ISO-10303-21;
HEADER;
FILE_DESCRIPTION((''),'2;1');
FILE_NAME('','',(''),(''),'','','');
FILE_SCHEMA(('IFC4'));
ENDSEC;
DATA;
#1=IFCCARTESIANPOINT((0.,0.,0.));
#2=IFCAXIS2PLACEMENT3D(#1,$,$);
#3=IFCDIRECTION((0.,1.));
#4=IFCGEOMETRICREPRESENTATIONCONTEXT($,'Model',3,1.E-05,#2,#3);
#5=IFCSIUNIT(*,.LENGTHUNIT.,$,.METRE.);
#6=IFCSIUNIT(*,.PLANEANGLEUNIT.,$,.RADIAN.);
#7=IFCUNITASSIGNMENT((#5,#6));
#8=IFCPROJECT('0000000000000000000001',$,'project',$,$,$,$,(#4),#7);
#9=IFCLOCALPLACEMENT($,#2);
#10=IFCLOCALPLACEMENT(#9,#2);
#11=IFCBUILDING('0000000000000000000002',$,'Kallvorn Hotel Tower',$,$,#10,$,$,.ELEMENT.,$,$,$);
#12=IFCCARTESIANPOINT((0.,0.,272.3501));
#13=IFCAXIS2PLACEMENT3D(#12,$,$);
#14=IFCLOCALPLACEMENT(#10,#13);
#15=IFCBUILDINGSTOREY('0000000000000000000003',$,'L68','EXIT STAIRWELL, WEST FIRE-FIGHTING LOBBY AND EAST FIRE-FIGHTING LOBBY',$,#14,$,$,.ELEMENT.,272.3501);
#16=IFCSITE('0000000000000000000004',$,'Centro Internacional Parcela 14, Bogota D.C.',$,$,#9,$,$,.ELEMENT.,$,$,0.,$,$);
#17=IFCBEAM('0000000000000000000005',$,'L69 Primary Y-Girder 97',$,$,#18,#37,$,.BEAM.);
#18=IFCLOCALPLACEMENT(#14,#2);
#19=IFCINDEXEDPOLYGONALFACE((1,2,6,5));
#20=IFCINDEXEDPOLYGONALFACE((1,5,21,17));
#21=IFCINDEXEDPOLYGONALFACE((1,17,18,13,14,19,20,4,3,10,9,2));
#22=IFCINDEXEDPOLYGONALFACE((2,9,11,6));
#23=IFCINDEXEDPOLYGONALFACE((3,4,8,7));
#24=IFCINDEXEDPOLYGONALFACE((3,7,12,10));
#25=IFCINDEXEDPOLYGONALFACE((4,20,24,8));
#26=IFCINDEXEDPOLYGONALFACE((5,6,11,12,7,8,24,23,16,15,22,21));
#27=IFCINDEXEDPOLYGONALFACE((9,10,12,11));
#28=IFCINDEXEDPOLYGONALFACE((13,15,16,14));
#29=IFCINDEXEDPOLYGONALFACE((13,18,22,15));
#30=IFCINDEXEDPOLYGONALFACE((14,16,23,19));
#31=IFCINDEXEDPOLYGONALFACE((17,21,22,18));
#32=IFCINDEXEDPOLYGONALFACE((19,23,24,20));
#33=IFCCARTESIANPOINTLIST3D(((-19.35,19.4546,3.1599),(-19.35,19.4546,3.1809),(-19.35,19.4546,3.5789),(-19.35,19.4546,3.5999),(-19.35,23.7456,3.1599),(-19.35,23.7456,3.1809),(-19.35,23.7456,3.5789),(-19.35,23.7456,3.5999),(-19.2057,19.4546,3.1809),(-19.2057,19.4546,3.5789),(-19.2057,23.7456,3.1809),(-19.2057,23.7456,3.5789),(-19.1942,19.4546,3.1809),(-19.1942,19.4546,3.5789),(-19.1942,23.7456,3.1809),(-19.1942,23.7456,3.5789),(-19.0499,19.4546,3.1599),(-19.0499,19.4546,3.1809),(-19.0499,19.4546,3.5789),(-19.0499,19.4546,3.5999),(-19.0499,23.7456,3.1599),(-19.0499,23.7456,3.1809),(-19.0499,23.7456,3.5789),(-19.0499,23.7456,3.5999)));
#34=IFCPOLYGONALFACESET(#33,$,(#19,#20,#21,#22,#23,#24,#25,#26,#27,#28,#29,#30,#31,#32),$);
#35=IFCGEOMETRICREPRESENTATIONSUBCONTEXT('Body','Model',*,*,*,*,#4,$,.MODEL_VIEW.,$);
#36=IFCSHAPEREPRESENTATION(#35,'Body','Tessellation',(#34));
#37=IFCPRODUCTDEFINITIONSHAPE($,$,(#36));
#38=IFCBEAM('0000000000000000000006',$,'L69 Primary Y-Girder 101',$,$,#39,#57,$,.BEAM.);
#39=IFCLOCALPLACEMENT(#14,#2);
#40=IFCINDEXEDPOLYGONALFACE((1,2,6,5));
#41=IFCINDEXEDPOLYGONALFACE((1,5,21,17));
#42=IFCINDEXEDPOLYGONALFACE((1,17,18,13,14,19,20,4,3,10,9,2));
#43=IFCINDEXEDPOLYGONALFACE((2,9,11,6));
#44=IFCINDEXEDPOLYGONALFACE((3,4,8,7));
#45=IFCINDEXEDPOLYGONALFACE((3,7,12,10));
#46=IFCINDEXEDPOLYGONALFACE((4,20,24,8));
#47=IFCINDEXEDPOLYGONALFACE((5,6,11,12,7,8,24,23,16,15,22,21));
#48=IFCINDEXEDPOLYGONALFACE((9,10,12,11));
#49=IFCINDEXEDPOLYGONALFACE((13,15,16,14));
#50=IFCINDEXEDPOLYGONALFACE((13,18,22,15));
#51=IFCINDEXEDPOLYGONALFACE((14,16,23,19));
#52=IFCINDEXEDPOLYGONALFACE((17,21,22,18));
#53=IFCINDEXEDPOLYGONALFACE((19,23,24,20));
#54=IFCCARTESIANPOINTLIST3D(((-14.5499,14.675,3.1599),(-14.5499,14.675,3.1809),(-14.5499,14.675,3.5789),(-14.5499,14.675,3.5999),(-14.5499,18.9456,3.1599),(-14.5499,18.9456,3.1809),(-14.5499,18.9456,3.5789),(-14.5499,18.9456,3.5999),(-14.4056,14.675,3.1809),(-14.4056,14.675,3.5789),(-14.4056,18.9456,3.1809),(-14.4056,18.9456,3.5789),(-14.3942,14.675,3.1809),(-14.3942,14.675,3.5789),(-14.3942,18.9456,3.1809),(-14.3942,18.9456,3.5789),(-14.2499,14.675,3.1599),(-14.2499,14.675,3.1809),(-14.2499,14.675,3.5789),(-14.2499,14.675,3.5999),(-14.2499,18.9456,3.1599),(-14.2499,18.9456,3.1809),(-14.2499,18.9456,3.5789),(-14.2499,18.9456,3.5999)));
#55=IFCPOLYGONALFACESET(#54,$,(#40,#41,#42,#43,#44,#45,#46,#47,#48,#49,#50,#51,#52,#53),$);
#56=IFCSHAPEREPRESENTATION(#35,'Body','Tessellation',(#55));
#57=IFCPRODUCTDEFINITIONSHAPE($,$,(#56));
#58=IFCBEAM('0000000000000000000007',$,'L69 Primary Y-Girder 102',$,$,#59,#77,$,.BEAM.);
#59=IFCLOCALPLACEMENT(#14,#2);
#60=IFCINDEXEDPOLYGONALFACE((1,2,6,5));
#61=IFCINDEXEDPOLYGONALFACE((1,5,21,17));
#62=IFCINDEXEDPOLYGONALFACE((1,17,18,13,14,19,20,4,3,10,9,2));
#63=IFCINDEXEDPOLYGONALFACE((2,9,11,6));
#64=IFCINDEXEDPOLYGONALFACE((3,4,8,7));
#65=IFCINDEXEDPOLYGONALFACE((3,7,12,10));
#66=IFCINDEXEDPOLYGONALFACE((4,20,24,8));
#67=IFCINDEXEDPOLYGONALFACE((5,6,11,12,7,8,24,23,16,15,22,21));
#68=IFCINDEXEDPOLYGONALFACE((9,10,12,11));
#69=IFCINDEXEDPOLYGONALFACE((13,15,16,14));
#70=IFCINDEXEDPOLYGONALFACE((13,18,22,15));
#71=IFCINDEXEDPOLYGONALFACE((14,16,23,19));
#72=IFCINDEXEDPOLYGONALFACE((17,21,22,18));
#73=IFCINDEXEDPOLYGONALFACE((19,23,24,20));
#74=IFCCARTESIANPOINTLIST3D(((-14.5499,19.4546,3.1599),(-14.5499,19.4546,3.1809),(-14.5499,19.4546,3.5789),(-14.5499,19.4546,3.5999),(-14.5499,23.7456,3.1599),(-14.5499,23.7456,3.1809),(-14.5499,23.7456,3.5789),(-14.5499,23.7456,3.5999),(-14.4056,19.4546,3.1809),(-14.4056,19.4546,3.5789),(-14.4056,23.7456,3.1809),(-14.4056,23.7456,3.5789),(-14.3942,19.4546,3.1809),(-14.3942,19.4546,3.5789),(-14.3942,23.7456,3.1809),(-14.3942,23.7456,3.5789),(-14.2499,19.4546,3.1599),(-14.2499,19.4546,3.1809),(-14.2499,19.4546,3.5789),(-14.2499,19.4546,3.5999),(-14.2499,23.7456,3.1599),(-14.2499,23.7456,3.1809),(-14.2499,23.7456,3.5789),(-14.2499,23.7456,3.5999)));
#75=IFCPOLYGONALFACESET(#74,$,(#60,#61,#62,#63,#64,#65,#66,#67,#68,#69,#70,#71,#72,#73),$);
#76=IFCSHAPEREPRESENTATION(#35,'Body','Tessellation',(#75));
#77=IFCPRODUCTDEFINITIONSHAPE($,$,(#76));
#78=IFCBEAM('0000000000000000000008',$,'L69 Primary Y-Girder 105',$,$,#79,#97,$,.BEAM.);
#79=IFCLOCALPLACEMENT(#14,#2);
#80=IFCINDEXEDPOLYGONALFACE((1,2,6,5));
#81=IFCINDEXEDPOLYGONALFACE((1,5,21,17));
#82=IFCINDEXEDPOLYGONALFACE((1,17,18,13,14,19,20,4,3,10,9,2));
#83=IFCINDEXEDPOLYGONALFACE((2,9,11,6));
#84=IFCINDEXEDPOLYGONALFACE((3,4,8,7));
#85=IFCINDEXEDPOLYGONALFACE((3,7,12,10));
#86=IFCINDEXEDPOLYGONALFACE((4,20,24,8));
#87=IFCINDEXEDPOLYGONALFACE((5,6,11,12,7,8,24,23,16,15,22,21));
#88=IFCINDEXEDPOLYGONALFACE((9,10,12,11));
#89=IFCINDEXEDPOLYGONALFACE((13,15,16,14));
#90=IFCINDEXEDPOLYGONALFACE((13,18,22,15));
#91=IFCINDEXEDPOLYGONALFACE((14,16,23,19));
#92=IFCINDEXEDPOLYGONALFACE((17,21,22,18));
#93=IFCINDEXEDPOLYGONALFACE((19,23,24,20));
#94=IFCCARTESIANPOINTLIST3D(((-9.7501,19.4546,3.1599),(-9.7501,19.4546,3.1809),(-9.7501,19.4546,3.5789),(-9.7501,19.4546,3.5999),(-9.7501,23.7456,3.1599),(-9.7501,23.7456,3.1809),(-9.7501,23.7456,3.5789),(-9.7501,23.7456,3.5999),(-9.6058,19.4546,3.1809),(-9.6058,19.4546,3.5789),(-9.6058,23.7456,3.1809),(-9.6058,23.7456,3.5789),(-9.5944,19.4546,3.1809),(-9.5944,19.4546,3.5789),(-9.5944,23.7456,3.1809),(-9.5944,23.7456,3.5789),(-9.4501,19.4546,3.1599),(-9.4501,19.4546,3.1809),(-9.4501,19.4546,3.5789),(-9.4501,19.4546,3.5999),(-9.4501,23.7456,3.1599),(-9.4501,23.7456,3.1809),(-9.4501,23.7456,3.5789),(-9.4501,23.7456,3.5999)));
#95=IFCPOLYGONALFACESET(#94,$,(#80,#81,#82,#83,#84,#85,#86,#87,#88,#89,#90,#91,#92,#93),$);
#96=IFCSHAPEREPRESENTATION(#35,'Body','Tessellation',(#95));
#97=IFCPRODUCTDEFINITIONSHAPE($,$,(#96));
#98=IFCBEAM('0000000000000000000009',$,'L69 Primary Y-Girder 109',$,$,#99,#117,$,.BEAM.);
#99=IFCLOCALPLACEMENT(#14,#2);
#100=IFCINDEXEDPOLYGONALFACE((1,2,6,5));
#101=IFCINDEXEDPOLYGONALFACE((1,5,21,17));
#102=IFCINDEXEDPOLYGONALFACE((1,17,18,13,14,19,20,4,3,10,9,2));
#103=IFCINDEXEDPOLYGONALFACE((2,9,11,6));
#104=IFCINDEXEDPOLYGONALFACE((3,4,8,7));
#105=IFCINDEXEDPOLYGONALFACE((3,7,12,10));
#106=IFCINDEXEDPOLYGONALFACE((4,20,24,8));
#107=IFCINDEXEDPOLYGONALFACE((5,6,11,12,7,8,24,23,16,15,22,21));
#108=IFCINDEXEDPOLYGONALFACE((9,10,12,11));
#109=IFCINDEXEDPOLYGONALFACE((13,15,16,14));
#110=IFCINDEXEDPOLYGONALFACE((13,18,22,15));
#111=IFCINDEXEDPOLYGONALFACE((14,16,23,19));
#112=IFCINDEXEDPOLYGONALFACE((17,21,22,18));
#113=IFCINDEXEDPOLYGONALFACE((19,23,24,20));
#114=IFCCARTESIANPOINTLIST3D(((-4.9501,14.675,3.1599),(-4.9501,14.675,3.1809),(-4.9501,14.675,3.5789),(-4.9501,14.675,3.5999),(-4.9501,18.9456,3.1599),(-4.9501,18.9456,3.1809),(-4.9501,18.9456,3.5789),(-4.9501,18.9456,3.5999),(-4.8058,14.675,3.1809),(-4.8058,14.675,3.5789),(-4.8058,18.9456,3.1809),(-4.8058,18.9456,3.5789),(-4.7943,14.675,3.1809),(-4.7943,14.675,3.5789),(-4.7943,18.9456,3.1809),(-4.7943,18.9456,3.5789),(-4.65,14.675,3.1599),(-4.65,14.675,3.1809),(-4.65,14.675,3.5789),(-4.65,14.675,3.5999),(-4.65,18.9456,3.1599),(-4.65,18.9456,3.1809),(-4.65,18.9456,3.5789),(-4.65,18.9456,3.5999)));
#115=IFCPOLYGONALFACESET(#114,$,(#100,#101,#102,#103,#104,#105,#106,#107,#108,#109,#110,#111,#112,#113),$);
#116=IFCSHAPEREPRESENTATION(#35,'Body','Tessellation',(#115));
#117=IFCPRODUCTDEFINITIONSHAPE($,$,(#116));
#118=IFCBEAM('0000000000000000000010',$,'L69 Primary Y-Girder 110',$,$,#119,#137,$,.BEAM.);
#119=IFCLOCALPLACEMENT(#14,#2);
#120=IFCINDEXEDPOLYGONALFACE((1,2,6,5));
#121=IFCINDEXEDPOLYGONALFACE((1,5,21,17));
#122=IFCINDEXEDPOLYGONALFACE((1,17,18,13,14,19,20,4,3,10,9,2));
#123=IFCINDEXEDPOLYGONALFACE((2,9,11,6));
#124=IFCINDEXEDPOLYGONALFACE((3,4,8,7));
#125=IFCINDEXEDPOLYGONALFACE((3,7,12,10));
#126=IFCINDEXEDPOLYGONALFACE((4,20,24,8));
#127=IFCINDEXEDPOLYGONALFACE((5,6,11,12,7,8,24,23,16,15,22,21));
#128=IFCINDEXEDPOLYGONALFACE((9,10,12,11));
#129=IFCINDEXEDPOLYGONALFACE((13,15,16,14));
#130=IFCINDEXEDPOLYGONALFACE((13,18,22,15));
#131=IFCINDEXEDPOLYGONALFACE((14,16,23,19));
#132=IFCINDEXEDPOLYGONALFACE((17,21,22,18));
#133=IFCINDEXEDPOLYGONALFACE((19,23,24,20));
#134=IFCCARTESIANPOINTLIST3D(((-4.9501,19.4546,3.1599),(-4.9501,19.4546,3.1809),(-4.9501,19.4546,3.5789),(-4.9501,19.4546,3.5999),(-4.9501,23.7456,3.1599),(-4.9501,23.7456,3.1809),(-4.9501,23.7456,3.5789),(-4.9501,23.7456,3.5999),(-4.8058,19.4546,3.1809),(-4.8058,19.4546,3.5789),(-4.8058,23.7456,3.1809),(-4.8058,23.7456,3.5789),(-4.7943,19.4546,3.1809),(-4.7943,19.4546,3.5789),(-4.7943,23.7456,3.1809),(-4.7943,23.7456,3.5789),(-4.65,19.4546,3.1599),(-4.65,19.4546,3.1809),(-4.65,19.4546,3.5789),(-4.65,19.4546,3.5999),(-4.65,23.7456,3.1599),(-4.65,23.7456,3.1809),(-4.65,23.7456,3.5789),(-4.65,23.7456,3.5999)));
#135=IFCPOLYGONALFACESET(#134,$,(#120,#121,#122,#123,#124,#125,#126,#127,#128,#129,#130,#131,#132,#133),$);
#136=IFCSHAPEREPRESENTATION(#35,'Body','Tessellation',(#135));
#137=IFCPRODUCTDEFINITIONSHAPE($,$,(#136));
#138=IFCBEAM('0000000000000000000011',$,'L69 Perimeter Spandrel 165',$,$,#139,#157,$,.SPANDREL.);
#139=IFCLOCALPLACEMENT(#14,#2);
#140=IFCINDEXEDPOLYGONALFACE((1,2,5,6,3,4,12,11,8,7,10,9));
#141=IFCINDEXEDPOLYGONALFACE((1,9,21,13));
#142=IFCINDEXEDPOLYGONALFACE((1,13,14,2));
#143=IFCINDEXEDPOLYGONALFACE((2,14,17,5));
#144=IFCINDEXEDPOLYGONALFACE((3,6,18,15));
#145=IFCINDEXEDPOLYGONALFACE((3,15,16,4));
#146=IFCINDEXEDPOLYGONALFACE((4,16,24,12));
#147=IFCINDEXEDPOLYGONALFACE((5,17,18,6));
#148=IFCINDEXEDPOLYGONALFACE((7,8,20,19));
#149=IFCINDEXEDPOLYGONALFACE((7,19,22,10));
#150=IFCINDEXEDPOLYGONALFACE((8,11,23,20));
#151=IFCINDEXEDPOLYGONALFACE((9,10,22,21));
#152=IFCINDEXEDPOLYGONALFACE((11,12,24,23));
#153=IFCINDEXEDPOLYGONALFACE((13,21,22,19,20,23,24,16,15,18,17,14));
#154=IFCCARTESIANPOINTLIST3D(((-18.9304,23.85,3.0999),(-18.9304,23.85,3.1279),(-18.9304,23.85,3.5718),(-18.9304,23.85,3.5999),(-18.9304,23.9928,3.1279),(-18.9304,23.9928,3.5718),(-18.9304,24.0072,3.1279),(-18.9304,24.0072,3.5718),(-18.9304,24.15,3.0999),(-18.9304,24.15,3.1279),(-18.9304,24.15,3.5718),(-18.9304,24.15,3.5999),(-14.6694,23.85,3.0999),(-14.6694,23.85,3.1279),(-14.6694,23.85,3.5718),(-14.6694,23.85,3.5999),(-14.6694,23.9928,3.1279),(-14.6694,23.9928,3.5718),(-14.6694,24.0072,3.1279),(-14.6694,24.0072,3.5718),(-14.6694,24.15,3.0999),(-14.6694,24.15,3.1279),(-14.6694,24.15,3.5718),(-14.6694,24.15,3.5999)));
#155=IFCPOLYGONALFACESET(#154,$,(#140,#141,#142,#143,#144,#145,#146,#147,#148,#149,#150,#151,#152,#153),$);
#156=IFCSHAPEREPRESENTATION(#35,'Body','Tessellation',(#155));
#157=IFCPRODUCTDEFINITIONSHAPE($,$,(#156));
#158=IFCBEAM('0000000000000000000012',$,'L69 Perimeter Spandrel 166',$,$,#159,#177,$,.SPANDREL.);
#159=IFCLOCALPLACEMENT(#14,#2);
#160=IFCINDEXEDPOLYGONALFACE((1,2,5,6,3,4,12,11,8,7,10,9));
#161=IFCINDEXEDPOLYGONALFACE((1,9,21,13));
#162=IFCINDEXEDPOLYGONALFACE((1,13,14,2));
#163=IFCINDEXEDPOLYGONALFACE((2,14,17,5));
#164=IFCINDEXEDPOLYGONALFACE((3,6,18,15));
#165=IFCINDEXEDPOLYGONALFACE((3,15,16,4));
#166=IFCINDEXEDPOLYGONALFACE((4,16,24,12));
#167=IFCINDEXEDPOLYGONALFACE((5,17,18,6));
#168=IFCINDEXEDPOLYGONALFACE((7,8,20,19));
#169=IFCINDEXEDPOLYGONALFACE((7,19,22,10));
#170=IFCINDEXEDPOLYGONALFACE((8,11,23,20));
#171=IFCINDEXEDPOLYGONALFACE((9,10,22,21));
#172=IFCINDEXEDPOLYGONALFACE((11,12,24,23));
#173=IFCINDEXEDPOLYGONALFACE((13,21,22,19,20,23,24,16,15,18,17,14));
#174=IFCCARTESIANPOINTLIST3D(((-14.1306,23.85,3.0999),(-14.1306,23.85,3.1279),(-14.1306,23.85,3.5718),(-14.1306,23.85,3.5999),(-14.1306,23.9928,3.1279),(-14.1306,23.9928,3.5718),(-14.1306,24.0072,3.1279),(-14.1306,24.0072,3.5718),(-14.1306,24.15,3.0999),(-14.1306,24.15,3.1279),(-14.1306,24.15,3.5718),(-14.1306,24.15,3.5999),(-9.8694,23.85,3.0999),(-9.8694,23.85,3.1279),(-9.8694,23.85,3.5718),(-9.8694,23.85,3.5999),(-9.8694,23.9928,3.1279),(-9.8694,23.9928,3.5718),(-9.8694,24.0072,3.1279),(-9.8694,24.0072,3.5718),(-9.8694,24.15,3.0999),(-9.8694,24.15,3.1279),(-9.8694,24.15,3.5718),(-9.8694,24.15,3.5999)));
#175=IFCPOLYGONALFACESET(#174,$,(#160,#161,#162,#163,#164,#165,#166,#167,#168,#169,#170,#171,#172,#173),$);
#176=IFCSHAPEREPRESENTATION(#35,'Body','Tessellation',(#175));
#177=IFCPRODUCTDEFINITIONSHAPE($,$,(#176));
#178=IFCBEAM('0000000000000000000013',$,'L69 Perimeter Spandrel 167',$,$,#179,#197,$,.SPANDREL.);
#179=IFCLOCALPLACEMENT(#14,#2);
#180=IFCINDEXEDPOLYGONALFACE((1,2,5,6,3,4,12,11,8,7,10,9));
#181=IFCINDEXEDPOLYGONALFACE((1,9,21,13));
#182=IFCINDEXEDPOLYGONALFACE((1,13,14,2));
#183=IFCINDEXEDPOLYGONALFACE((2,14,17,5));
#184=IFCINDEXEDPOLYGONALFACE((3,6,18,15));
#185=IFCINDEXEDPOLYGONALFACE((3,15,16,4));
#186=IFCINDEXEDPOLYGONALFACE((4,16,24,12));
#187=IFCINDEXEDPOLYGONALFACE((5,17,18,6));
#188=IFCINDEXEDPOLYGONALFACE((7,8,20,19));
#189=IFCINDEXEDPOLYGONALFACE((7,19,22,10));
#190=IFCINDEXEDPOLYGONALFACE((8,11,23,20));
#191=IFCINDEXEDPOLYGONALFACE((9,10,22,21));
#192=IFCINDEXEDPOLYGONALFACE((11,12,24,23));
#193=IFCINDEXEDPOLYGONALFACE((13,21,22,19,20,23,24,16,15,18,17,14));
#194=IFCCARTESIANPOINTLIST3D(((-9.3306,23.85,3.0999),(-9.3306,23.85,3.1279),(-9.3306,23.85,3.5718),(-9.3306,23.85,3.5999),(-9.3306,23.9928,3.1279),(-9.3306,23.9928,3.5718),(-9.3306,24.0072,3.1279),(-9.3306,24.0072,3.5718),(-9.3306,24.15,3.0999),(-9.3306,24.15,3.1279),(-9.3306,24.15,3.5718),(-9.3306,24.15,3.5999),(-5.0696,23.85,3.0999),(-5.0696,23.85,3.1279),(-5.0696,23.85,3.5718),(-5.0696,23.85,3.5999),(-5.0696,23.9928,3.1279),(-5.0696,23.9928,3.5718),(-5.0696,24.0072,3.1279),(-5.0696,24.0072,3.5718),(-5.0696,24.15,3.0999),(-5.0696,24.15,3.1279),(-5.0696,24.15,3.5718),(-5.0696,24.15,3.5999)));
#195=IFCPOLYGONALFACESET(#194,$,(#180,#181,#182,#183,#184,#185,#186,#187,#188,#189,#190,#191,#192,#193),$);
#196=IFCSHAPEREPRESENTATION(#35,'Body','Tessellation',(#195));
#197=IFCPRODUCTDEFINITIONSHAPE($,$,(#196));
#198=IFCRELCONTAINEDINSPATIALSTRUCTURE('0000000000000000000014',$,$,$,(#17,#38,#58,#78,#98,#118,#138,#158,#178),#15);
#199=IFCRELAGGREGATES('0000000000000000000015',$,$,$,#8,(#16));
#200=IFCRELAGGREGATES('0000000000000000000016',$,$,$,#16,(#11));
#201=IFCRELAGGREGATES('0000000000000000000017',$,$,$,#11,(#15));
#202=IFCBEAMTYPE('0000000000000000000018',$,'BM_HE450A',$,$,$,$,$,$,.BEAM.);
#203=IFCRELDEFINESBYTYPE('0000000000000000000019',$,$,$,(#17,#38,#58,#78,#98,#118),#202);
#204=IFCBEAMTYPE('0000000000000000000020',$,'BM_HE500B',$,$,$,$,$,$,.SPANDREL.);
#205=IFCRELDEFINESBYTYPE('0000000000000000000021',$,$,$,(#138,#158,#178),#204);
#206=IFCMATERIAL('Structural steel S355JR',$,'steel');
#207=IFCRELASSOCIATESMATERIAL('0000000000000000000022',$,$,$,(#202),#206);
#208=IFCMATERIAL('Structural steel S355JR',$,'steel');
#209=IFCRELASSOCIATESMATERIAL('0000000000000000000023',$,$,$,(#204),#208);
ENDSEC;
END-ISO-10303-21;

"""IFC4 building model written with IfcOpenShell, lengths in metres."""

from ifc_helpers import new_model, si_unit, direction, frame, origin, origin_2d, place, context, subcontext, project, spatial, i_section, extrude, material, material_profile, profile_set, type_object, element, save


model = new_model("IFC4")

# Units and contexts
model_context = context("Model", 3, precision=1e-05, world=origin(), true_north=direction((0.0, 1.0)))
body_context = subcontext(model_context, "Body", "Model", "MODEL_VIEW")
ifc_project = project(units=[si_unit("LENGTHUNIT", "METRE"), si_unit("PLANEANGLEUNIT", "RADIAN")], contexts=[model_context])

# Site, building, storey
site_placement = place(None, origin())
site = spatial("IfcSite", under=ifc_project, at=site_placement, Name="Centro Internacional Parcela 14, Bogota D.C.", CompositionType="ELEMENT", RefElevation=0.0)
building_placement = place(site_placement, origin())
building = spatial("IfcBuilding", under=site, at=building_placement, Name="Kallvorn Hotel Tower", CompositionType="ELEMENT")
storey_placement = place(building_placement, frame((0.0, 0.0, 272.3501)))
storey = spatial("IfcBuildingStorey", under=building, at=storey_placement, Name="L68", Description="EXIT STAIRWELL, WEST FIRE-FIGHTING LOBBY AND EAST FIRE-FIGHTING LOBBY", CompositionType="ELEMENT", Elevation=272.3501)

# Beams
ifc_material_1 = material(Name="Structural steel S355JR", Category="steel")
ifc_material_profile_1 = material_profile(ifc_material_1, i_section(OverallWidth=0.3, OverallDepth=0.4399, WebThickness=0.0115, FlangeThickness=0.021, at=origin_2d()), Name="HE 450 A")
ifc_profile_set_1 = profile_set([ifc_material_profile_1], Name="Structural steel S355JR")
beam_type_1 = type_object("IfcBeamType", Name="BM_HE450A", PredefinedType="BEAM", material=ifc_profile_set_1)
for number, where, z_axis, x_axis, name in (
    (1, (-19.2, 19.4546, 3.3799), (0.0, 1.0, 0.0), (-1.0, 0.0, 0.0), "L69 Primary Y-Girder 97"),
):
    element("IfcBeam", number, at=place(storey_placement, frame(where, z_axis=z_axis, x_axis=x_axis)), inside=storey, type_object=beam_type_1, Name=name, PredefinedType="BEAM", context=body_context, shape_type="SweptSolid", body=[
        extrude(i_section(OverallWidth=0.3, OverallDepth=0.4399, WebThickness=0.0115, FlangeThickness=0.021, at=origin_2d()), origin(), (0.0, 0.0, 1.0), 4.291),
    ])
beam_1_placement = place(storey_placement, frame((-14.3999, 14.675, 3.3799), z_axis=(0.0, 1.0, 0.0), x_axis=(-1.0, 0.0, 0.0)))
element("IfcBeam", 2, at=beam_1_placement, inside=storey, type_object=beam_type_1, Name="L69 Primary Y-Girder 101", PredefinedType="BEAM", context=body_context, shape_type="SweptSolid", body=[
    extrude(i_section(OverallWidth=0.3, OverallDepth=0.4399, WebThickness=0.0115, FlangeThickness=0.021, at=origin_2d()), origin(), (0.0, 0.0, 1.0), 4.2705),
])
for number, where, z_axis, x_axis, name in (
    (3, (-14.3999, 19.4546, 3.3799), (0.0, 1.0, 0.0), (-1.0, 0.0, 0.0), "L69 Primary Y-Girder 102"),
    (4, (-9.6001, 19.4546, 3.3799), (0.0, 1.0, 0.0), (-1.0, 0.0, 0.0), "L69 Primary Y-Girder 105"),
):
    element("IfcBeam", number, at=place(storey_placement, frame(where, z_axis=z_axis, x_axis=x_axis)), inside=storey, type_object=beam_type_1, Name=name, PredefinedType="BEAM", context=body_context, shape_type="SweptSolid", body=[
        extrude(i_section(OverallWidth=0.3, OverallDepth=0.4399, WebThickness=0.0115, FlangeThickness=0.021, at=origin_2d()), origin(), (0.0, 0.0, 1.0), 4.291),
    ])
beam_2_placement = place(storey_placement, frame((-4.8, 14.675, 3.3799), z_axis=(0.0, 1.0, 0.0), x_axis=(-1.0, 0.0, 0.0)))
element("IfcBeam", 5, at=beam_2_placement, inside=storey, type_object=beam_type_1, Name="L69 Primary Y-Girder 109", PredefinedType="BEAM", context=body_context, shape_type="SweptSolid", body=[
    extrude(i_section(OverallWidth=0.3, OverallDepth=0.4399, WebThickness=0.0115, FlangeThickness=0.021, at=origin_2d()), origin(), (0.0, 0.0, 1.0), 4.2705),
])
beam_3_placement = place(storey_placement, frame((-4.8, 19.4546, 3.3799), z_axis=(0.0, 1.0, 0.0), x_axis=(-1.0, 0.0, 0.0)))
element("IfcBeam", 6, at=beam_3_placement, inside=storey, type_object=beam_type_1, Name="L69 Primary Y-Girder 110", PredefinedType="BEAM", context=body_context, shape_type="SweptSolid", body=[
    extrude(i_section(OverallWidth=0.3, OverallDepth=0.4399, WebThickness=0.0115, FlangeThickness=0.021, at=origin_2d()), origin(), (0.0, 0.0, 1.0), 4.291),
])
ifc_material_2 = material(Name="Structural steel S355JR", Category="steel")
ifc_material_profile_2 = material_profile(ifc_material_2, i_section(OverallWidth=0.3, OverallDepth=0.5, WebThickness=0.0144, FlangeThickness=0.0281, at=origin_2d()), Name="HE 500 B")
ifc_profile_set_2 = profile_set([ifc_material_profile_2], Name="Structural steel S355JR")
beam_type_2 = type_object("IfcBeamType", Name="BM_HE500B", PredefinedType="SPANDREL", material=ifc_profile_set_2)
beam_4_placement = place(storey_placement, frame((-18.9304, 24.0, 3.3499), z_axis=(1.0, 0.0, 0.0), x_axis=(0.0, 1.0, 0.0)))
element("IfcBeam", 7, at=beam_4_placement, inside=storey, type_object=beam_type_2, Name="L69 Perimeter Spandrel 165", PredefinedType="SPANDREL", context=body_context, shape_type="SweptSolid", body=[
    extrude(i_section(OverallWidth=0.3, OverallDepth=0.5, WebThickness=0.0144, FlangeThickness=0.0281, at=origin_2d()), origin(), (0.0, 0.0, 1.0), 4.261),
])
beam_5_placement = place(storey_placement, frame((-14.1306, 24.0, 3.3499), z_axis=(1.0, 0.0, 0.0), x_axis=(0.0, 1.0, 0.0)))
element("IfcBeam", 8, at=beam_5_placement, inside=storey, type_object=beam_type_2, Name="L69 Perimeter Spandrel 166", PredefinedType="SPANDREL", context=body_context, shape_type="SweptSolid", body=[
    extrude(i_section(OverallWidth=0.3, OverallDepth=0.5, WebThickness=0.0144, FlangeThickness=0.0281, at=origin_2d()), origin(), (0.0, 0.0, 1.0), 4.2612),
])
for number, where, z_axis, x_axis, name in (
    (9, (-9.3306, 24.0, 3.3499), (1.0, 0.0, 0.0), (0.0, 1.0, 0.0), "L69 Perimeter Spandrel 167"),
):
    element("IfcBeam", number, at=place(storey_placement, frame(where, z_axis=z_axis, x_axis=x_axis)), inside=storey, type_object=beam_type_2, Name=name, PredefinedType="SPANDREL", context=body_context, shape_type="SweptSolid", body=[
        extrude(i_section(OverallWidth=0.3, OverallDepth=0.5, WebThickness=0.0144, FlangeThickness=0.0281, at=origin_2d()), origin(), (0.0, 0.0, 1.0), 4.261),
    ])

save(model, "model.ifc")
